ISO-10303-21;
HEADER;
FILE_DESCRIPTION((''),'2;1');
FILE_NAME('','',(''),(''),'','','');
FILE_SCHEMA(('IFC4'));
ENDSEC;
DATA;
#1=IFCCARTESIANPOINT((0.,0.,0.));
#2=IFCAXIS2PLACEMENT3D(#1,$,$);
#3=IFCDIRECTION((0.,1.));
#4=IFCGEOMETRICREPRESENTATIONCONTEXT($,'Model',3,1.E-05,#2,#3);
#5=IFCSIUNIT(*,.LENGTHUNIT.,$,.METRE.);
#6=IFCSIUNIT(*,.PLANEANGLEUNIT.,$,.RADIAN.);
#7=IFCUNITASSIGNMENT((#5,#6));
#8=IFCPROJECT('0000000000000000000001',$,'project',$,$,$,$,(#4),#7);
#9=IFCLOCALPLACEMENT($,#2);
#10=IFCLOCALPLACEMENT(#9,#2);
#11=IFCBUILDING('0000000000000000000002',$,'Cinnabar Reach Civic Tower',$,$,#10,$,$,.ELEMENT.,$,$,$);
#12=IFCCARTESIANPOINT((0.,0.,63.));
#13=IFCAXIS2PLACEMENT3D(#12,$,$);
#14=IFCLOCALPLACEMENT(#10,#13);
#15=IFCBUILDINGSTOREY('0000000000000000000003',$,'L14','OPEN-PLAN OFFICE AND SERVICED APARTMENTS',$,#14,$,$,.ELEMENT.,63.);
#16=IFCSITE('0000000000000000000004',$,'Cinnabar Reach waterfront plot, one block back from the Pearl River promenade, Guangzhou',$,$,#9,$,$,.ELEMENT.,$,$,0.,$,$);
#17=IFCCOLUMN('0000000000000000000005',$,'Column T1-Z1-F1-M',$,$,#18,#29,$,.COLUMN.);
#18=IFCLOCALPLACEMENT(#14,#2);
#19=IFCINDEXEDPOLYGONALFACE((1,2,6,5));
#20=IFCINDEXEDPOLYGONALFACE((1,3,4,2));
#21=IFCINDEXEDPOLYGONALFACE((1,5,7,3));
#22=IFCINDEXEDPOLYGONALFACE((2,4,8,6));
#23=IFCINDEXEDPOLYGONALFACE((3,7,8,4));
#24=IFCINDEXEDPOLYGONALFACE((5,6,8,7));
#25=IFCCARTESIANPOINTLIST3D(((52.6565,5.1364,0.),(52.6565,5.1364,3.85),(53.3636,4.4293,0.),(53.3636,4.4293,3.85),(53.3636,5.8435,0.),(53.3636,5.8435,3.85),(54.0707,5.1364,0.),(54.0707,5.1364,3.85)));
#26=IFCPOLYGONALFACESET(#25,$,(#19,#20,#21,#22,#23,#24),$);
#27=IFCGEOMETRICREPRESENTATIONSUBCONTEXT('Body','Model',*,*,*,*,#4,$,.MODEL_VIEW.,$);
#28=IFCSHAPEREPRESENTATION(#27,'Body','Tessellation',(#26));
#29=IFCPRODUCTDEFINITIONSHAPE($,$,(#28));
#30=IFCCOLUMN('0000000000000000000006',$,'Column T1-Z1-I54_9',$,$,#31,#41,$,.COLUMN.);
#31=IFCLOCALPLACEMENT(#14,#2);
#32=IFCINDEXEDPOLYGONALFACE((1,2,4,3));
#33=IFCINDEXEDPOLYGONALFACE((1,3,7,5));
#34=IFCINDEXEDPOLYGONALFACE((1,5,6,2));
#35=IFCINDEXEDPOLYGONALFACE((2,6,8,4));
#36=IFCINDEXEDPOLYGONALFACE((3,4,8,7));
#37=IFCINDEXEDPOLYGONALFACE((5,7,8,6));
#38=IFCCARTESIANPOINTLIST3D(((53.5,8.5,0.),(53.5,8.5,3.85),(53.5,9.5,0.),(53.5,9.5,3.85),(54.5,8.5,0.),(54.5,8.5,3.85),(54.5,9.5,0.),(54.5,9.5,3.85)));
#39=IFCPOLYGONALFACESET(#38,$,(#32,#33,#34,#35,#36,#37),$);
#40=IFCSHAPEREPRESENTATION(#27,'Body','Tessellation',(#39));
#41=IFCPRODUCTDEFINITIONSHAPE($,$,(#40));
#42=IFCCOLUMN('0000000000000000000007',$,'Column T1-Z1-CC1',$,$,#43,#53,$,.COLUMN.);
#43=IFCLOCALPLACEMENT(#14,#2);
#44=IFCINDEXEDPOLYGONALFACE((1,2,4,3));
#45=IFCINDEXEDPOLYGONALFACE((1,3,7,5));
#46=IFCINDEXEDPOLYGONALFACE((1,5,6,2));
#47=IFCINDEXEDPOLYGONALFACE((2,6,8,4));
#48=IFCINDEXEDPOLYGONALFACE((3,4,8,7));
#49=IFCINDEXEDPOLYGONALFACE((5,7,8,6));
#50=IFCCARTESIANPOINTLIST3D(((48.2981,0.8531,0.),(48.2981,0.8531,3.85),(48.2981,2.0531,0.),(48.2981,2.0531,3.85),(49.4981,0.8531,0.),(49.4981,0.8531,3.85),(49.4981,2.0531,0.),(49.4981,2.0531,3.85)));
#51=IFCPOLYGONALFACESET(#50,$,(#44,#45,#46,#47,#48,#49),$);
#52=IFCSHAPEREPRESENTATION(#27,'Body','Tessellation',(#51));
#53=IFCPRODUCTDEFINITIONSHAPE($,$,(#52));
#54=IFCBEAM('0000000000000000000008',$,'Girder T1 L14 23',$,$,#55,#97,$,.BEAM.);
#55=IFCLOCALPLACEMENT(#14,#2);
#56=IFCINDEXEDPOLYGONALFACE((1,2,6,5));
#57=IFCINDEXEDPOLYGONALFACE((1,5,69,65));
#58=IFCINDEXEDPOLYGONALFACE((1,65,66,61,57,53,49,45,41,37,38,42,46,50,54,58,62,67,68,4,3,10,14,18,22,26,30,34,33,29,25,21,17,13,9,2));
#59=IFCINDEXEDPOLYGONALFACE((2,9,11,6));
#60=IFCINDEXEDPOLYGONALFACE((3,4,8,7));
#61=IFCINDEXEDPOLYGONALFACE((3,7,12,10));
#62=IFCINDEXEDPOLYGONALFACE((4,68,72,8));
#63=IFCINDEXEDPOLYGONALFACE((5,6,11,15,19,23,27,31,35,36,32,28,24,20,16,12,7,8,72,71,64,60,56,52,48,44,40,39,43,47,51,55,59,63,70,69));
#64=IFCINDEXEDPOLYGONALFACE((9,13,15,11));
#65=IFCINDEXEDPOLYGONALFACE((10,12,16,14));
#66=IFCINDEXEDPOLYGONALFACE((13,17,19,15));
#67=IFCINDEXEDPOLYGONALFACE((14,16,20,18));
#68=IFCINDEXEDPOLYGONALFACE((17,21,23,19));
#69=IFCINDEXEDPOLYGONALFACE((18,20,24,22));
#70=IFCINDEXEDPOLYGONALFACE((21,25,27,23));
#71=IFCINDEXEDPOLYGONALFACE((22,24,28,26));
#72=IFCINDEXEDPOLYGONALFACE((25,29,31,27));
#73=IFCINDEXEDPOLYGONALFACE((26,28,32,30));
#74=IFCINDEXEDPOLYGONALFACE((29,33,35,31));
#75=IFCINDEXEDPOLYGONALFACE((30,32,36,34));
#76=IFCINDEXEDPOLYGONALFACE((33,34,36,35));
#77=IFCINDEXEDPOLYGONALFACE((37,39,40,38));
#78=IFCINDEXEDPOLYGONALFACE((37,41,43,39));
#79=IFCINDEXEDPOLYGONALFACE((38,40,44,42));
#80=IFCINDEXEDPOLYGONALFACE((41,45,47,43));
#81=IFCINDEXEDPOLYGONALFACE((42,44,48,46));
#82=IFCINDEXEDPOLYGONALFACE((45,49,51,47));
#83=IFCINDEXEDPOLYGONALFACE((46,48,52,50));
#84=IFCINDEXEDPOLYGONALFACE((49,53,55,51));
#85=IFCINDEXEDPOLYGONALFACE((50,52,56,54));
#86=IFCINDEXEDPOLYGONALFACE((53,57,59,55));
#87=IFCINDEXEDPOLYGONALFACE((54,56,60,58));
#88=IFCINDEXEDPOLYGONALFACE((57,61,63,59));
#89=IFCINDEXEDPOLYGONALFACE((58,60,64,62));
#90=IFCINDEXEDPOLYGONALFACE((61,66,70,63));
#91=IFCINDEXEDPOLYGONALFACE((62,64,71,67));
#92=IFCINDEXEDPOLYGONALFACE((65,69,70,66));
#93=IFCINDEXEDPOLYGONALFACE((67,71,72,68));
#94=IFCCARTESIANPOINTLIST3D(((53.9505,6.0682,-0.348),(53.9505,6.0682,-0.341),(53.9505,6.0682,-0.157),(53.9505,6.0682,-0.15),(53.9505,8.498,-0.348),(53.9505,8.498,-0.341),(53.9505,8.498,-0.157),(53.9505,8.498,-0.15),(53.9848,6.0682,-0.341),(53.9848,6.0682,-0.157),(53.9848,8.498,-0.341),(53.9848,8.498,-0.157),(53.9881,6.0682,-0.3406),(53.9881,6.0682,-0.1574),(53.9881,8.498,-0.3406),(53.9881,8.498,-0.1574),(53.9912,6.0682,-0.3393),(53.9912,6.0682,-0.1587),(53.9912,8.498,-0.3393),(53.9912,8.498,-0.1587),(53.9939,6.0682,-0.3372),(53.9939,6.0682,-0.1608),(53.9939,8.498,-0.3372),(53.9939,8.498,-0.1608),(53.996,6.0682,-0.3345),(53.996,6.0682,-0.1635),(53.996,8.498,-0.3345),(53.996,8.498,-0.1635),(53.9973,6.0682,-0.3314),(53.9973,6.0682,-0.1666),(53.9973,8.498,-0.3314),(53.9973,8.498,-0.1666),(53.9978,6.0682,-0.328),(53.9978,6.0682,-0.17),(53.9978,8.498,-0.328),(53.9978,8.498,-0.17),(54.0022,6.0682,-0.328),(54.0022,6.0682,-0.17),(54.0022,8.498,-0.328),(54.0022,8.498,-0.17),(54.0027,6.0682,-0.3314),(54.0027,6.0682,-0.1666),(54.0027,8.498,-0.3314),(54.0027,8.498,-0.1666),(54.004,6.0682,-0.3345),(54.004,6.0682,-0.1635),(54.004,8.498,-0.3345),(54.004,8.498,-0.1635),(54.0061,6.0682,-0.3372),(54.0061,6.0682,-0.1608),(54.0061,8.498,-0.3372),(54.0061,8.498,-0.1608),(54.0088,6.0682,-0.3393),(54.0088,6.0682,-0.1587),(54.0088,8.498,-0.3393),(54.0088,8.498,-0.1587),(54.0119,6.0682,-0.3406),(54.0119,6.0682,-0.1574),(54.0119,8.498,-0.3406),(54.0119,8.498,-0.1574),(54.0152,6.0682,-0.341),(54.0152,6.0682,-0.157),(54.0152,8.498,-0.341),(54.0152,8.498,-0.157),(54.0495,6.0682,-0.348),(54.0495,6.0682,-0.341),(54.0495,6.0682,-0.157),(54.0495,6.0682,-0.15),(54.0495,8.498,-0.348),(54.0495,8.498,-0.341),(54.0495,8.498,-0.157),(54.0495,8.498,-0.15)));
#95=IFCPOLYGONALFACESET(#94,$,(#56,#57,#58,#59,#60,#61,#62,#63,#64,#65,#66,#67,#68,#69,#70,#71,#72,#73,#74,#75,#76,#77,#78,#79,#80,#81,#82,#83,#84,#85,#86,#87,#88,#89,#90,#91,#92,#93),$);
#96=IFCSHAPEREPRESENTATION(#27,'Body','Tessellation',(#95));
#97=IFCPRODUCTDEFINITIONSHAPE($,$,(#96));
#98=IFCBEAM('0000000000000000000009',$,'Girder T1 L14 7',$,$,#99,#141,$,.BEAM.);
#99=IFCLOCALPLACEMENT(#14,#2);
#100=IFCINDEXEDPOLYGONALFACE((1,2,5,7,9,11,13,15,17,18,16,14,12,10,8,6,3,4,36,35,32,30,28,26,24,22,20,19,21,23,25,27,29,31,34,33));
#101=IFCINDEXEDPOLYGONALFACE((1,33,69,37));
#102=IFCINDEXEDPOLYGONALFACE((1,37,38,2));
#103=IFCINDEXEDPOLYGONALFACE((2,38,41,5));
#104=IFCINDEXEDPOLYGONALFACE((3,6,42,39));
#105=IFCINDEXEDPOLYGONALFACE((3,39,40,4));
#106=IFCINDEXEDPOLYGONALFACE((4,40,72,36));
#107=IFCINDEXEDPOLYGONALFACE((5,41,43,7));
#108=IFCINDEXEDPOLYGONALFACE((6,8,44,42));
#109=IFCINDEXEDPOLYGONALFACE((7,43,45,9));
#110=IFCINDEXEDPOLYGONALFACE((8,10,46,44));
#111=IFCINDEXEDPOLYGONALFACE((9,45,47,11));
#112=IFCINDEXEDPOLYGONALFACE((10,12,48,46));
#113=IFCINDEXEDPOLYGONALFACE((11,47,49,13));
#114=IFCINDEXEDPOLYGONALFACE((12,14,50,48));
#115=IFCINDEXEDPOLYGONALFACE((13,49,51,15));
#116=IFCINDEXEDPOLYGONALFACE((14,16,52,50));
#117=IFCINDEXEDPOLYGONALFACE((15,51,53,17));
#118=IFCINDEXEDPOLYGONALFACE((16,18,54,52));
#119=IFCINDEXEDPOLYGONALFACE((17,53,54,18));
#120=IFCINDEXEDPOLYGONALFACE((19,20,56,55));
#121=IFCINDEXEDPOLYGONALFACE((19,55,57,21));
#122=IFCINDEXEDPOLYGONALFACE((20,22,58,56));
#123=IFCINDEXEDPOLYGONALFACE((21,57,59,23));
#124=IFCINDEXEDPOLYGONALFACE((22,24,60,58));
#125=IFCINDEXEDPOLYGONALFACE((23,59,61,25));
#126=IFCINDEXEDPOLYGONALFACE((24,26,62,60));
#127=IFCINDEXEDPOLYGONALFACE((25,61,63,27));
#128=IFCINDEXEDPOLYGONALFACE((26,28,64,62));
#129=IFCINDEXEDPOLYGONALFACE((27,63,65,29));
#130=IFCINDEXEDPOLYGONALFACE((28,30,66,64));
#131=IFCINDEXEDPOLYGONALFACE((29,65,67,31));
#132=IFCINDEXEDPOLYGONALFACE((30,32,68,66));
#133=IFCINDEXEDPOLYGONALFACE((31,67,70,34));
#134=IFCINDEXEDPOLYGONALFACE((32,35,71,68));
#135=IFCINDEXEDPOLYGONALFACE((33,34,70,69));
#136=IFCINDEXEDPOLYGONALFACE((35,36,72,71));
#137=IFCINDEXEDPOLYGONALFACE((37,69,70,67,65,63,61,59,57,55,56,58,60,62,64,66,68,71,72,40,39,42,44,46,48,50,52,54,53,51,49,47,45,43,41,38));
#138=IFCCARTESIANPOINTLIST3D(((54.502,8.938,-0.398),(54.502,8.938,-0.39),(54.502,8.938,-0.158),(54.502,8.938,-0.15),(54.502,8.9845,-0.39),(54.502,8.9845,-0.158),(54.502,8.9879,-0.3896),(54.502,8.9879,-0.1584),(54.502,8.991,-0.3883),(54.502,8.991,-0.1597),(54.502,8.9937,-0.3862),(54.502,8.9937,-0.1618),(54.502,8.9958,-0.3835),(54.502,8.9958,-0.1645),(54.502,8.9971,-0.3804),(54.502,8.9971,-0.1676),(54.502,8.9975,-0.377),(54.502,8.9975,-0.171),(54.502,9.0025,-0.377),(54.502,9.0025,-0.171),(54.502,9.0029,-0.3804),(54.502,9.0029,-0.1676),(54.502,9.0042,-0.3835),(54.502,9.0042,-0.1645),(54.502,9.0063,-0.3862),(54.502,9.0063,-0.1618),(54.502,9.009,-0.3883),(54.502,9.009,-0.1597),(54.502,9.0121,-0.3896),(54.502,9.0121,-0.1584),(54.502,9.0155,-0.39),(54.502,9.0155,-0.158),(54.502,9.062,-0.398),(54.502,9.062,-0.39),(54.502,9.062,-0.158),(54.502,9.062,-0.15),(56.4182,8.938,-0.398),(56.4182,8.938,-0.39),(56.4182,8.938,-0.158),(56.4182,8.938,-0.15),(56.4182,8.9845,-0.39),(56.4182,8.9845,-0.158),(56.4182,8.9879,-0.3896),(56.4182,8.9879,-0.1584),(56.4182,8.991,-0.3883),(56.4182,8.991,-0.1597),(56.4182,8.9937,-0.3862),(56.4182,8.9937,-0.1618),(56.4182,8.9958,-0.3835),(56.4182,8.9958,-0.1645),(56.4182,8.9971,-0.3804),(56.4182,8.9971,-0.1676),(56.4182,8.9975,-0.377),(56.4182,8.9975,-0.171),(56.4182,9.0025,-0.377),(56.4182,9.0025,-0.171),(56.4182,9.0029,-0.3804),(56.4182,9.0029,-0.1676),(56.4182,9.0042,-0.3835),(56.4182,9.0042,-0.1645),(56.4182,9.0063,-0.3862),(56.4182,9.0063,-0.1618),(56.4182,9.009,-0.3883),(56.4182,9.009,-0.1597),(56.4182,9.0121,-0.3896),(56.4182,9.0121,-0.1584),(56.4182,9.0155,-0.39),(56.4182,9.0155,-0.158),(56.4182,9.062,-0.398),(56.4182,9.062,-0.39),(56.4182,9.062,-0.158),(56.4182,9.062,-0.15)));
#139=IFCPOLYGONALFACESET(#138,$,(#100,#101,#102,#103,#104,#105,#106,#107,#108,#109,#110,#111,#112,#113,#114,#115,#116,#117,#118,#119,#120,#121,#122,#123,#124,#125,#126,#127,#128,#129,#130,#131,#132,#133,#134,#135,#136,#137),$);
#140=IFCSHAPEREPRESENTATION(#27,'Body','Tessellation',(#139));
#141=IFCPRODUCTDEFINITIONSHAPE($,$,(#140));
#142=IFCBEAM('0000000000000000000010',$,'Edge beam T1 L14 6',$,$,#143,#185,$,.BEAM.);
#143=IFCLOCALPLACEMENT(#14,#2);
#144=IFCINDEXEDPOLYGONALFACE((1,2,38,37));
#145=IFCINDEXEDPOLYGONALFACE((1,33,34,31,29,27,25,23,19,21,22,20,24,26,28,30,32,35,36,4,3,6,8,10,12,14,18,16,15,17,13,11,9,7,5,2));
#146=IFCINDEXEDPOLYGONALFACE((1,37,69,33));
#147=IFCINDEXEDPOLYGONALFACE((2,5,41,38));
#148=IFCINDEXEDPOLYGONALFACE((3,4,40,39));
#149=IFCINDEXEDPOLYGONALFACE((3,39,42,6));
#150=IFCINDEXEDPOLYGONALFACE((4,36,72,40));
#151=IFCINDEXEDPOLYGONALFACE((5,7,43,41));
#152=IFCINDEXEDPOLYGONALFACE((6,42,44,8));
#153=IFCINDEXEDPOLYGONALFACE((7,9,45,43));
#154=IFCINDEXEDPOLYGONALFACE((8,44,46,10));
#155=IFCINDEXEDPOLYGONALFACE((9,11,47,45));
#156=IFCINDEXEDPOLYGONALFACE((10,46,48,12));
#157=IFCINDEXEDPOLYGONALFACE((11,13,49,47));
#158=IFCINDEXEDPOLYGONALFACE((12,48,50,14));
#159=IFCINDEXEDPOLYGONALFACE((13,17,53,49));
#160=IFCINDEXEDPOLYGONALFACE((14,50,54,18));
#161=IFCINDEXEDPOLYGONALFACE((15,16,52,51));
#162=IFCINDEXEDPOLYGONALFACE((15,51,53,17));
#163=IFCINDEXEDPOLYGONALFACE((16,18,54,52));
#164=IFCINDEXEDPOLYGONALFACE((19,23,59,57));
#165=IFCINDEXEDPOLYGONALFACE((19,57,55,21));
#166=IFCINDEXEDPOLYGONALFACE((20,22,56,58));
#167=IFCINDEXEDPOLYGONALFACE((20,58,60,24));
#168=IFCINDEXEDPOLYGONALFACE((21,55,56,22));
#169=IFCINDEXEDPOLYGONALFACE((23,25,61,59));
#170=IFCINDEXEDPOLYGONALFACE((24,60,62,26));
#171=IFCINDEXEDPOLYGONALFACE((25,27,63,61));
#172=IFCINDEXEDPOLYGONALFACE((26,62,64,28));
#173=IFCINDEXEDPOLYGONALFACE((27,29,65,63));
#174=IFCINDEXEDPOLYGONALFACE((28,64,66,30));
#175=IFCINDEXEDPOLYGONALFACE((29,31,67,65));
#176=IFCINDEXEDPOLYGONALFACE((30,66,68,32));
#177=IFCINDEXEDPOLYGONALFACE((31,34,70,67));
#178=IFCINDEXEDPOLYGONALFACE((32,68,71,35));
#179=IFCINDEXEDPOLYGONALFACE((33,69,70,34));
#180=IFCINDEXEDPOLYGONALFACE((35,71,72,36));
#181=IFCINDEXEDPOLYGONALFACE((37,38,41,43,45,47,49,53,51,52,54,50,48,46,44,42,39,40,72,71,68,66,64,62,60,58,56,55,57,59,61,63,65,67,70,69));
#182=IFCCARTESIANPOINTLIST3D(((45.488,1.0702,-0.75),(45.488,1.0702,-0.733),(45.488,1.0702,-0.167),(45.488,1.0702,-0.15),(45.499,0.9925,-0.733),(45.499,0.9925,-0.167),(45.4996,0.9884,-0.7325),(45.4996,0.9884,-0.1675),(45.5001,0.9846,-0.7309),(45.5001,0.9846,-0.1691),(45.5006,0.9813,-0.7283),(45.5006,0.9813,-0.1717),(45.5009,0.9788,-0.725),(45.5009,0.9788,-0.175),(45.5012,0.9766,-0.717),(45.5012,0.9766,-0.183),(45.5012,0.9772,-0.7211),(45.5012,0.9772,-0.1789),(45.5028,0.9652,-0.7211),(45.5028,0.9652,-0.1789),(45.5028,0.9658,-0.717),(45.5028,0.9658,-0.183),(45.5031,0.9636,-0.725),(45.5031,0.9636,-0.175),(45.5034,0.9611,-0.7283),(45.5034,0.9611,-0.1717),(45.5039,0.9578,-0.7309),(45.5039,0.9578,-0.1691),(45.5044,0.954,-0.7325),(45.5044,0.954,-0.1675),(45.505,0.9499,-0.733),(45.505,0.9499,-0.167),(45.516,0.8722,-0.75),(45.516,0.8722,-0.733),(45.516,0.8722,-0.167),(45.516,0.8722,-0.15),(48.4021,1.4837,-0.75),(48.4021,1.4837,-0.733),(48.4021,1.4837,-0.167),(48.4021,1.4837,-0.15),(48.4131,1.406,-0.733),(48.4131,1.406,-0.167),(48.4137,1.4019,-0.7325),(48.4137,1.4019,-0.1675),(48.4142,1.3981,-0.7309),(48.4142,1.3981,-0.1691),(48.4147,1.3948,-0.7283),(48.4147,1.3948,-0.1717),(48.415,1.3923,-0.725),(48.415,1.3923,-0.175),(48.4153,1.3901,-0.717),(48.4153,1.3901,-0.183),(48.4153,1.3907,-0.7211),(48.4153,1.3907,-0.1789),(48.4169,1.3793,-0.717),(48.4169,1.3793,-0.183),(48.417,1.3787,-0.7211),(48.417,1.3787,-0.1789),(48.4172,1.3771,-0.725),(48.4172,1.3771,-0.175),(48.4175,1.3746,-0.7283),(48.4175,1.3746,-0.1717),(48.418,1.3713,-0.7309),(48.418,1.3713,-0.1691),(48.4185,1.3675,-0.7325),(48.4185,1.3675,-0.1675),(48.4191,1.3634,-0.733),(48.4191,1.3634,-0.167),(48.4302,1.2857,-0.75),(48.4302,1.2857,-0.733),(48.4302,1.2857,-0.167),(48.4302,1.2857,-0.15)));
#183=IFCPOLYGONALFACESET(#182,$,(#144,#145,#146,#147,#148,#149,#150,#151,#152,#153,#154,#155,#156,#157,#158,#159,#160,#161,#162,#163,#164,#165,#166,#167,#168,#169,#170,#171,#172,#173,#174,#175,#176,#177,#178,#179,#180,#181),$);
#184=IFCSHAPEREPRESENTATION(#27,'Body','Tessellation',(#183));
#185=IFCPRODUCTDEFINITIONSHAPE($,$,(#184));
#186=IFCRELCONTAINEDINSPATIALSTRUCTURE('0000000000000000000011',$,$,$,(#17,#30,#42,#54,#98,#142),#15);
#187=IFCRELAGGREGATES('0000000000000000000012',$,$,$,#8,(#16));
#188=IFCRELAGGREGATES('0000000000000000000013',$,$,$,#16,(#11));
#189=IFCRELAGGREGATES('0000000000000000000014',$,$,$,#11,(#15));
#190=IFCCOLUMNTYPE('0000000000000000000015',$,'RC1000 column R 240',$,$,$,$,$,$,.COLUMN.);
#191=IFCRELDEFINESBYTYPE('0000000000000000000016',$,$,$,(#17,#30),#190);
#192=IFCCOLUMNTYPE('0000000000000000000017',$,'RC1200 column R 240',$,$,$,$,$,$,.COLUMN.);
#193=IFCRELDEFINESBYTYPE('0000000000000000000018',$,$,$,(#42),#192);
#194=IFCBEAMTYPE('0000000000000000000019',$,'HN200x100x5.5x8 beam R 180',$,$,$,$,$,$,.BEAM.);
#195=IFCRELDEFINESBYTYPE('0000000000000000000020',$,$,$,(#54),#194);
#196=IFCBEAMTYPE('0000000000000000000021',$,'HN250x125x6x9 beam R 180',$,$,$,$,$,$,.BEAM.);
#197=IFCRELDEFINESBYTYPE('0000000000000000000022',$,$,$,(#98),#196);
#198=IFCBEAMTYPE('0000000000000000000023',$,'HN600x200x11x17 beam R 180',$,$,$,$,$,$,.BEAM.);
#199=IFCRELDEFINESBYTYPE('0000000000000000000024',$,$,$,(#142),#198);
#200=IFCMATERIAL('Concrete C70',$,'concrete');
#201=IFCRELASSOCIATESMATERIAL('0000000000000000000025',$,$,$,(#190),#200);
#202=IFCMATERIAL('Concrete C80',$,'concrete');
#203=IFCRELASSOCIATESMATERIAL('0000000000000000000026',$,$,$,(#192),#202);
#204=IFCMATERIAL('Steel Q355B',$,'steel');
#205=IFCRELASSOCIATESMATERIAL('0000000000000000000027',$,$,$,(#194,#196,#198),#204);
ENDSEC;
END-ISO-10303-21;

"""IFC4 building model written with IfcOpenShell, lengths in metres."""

from ifc_helpers import new_model, si_unit, direction, frame, origin, origin_2d, place, context, subcontext, project, spatial, rectangle, i_section, extrude, material, material_profile, profile_set, type_object, element, save


model = new_model("IFC4")

# Units and contexts
model_context = context("Model", 3, precision=1e-05, world=origin(), true_north=direction((0.0, 1.0)))
body_context = subcontext(model_context, "Body", "Model", "MODEL_VIEW")
ifc_project = project(units=[si_unit("LENGTHUNIT", "METRE"), si_unit("PLANEANGLEUNIT", "RADIAN")], contexts=[model_context])

# Site, building, storey
site_placement = place(None, origin())
site = spatial("IfcSite", under=ifc_project, at=site_placement, Name="Cinnabar Reach waterfront plot, one block back from the Pearl River promenade, Guangzhou", CompositionType="ELEMENT", RefElevation=0.0)
building_placement = place(site_placement, origin())
building = spatial("IfcBuilding", under=site, at=building_placement, Name="Cinnabar Reach Civic Tower", CompositionType="ELEMENT")
storey_placement = place(building_placement, frame((0.0, 0.0, 63.0)))
storey = spatial("IfcBuildingStorey", under=building, at=storey_placement, Name="L14", Description="OPEN-PLAN OFFICE AND SERVICED APARTMENTS", CompositionType="ELEMENT", Elevation=63.0)

# Columns
ifc_material_1 = material(Name="Concrete C70", Category="concrete")
ifc_material_profile_1 = material_profile(ifc_material_1, rectangle(XDim=1.0, YDim=1.0, at=origin_2d()), Name="RC1000")
ifc_profile_set_1 = profile_set([ifc_material_profile_1], Name="Concrete C70")
column_type_1 = type_object("IfcColumnType", Name="RC1000 column R 240", PredefinedType="COLUMN", material=ifc_profile_set_1)
for number, where, z_axis, x_axis, name in (
    (1, (53.3636, 5.1364, 0.0), (0.0, 0.0, 1.0), (0.707107, 0.707107, 0.0), "Column T1-Z1-F1-M"),
    (2, (54.0, 9.0, 0.0), (0.0, 0.0, 1.0), (1.0, 0.0, 0.0), "Column T1-Z1-I54_9"),
):
    element("IfcColumn", number, at=place(storey_placement, frame(where, z_axis=z_axis, x_axis=x_axis)), inside=storey, type_object=column_type_1, Name=name, PredefinedType="COLUMN", context=body_context, shape_type="SweptSolid", body=[
        extrude(rectangle(XDim=1.0, YDim=1.0, at=origin_2d()), origin(), (0.0, 0.0, 1.0), 3.85),
    ])
ifc_material_2 = material(Name="Concrete C80", Category="concrete")
ifc_material_profile_2 = material_profile(ifc_material_2, rectangle(XDim=1.2, YDim=1.2, at=origin_2d()), Name="RC1200")
ifc_profile_set_2 = profile_set([ifc_material_profile_2], Name="Concrete C80")
column_type_2 = type_object("IfcColumnType", Name="RC1200 column R 240", PredefinedType="COLUMN", material=ifc_profile_set_2)
column_placement = place(storey_placement, frame((48.8981, 1.4531, 0.0), z_axis=(0.0, 0.0, 1.0), x_axis=(1.0, 0.0, 0.0)))
element("IfcColumn", 3, at=column_placement, inside=storey, type_object=column_type_2, Name="Column T1-Z1-CC1", PredefinedType="COLUMN", context=body_context, shape_type="SweptSolid", body=[
    extrude(rectangle(XDim=1.2, YDim=1.2, at=origin_2d()), origin(), (0.0, 0.0, 1.0), 3.85),
])

# Beams
ifc_material_3 = material(Name="Steel Q355B", Category="steel")
ifc_material_profile_3 = material_profile(ifc_material_3, i_section(OverallWidth=0.099, OverallDepth=0.198, WebThickness=0.0045, FlangeThickness=0.007, FilletRadius=0.013, at=origin_2d()), Name="HN200x100x5.5x8")
ifc_profile_set_3 = profile_set([ifc_material_profile_3], Name="Steel Q355B")
beam_type_1 = type_object("IfcBeamType", Name="HN200x100x5.5x8 beam R 180", PredefinedType="BEAM", material=ifc_profile_set_3)
beam_1_placement = place(storey_placement, frame((54.0, 6.0682, -0.249), z_axis=(0.0, 1.0, 0.0), x_axis=(-1.0, 0.0, 0.0)))
element("IfcBeam", 4, at=beam_1_placement, inside=storey, type_object=beam_type_1, Name="Girder T1 L14 23", PredefinedType="BEAM", context=body_context, shape_type="SweptSolid", body=[
    extrude(i_section(OverallWidth=0.099, OverallDepth=0.198, WebThickness=0.0045, FlangeThickness=0.007, FilletRadius=0.013, at=origin_2d()), origin(), (0.0, 0.0, 1.0), 2.4298),
])
ifc_material_profile_4 = material_profile(ifc_material_3, i_section(OverallWidth=0.124, OverallDepth=0.248, WebThickness=0.005, FlangeThickness=0.008, FilletRadius=0.013, at=origin_2d()), Name="HN250x125x6x9")
ifc_profile_set_4 = profile_set([ifc_material_profile_4], Name="Steel Q355B")
beam_type_2 = type_object("IfcBeamType", Name="HN250x125x6x9 beam R 180", PredefinedType="BEAM", material=ifc_profile_set_4)
beam_2_placement = place(storey_placement, frame((54.502, 9.0, -0.274), z_axis=(1.0, 0.0, 0.0), x_axis=(0.0, 1.0, 0.0)))
element("IfcBeam", 5, at=beam_2_placement, inside=storey, type_object=beam_type_2, Name="Girder T1 L14 7", PredefinedType="BEAM", context=body_context, shape_type="SweptSolid", body=[
    extrude(i_section(OverallWidth=0.124, OverallDepth=0.248, WebThickness=0.005, FlangeThickness=0.008, FilletRadius=0.013, at=origin_2d()), origin(), (0.0, 0.0, 1.0), 1.9162),
])
ifc_material_profile_5 = material_profile(ifc_material_3, i_section(OverallWidth=0.2, OverallDepth=0.6, WebThickness=0.011, FlangeThickness=0.017, FilletRadius=0.016, at=origin_2d()), Name="HN600x200x11x17")
ifc_profile_set_5 = profile_set([ifc_material_profile_5], Name="Steel Q355B")
beam_type_3 = type_object("IfcBeamType", Name="HN600x200x11x17 beam R 180", PredefinedType="BEAM", material=ifc_profile_set_5)
beam_3_placement = place(storey_placement, frame((45.502, 0.9712, -0.45), z_axis=(0.990082, 0.140489, 0.0), x_axis=(-0.140489, 0.990082, 0.0)))
element("IfcBeam", 6, at=beam_3_placement, inside=storey, type_object=beam_type_3, Name="Edge beam T1 L14 6", PredefinedType="BEAM", context=body_context, shape_type="SweptSolid", body=[
    extrude(i_section(OverallWidth=0.2, OverallDepth=0.6, WebThickness=0.011, FlangeThickness=0.017, FilletRadius=0.016, at=origin_2d()), origin(), (0.0, 0.0, 1.0), 2.9433),
])

save(model, "model.ifc")
